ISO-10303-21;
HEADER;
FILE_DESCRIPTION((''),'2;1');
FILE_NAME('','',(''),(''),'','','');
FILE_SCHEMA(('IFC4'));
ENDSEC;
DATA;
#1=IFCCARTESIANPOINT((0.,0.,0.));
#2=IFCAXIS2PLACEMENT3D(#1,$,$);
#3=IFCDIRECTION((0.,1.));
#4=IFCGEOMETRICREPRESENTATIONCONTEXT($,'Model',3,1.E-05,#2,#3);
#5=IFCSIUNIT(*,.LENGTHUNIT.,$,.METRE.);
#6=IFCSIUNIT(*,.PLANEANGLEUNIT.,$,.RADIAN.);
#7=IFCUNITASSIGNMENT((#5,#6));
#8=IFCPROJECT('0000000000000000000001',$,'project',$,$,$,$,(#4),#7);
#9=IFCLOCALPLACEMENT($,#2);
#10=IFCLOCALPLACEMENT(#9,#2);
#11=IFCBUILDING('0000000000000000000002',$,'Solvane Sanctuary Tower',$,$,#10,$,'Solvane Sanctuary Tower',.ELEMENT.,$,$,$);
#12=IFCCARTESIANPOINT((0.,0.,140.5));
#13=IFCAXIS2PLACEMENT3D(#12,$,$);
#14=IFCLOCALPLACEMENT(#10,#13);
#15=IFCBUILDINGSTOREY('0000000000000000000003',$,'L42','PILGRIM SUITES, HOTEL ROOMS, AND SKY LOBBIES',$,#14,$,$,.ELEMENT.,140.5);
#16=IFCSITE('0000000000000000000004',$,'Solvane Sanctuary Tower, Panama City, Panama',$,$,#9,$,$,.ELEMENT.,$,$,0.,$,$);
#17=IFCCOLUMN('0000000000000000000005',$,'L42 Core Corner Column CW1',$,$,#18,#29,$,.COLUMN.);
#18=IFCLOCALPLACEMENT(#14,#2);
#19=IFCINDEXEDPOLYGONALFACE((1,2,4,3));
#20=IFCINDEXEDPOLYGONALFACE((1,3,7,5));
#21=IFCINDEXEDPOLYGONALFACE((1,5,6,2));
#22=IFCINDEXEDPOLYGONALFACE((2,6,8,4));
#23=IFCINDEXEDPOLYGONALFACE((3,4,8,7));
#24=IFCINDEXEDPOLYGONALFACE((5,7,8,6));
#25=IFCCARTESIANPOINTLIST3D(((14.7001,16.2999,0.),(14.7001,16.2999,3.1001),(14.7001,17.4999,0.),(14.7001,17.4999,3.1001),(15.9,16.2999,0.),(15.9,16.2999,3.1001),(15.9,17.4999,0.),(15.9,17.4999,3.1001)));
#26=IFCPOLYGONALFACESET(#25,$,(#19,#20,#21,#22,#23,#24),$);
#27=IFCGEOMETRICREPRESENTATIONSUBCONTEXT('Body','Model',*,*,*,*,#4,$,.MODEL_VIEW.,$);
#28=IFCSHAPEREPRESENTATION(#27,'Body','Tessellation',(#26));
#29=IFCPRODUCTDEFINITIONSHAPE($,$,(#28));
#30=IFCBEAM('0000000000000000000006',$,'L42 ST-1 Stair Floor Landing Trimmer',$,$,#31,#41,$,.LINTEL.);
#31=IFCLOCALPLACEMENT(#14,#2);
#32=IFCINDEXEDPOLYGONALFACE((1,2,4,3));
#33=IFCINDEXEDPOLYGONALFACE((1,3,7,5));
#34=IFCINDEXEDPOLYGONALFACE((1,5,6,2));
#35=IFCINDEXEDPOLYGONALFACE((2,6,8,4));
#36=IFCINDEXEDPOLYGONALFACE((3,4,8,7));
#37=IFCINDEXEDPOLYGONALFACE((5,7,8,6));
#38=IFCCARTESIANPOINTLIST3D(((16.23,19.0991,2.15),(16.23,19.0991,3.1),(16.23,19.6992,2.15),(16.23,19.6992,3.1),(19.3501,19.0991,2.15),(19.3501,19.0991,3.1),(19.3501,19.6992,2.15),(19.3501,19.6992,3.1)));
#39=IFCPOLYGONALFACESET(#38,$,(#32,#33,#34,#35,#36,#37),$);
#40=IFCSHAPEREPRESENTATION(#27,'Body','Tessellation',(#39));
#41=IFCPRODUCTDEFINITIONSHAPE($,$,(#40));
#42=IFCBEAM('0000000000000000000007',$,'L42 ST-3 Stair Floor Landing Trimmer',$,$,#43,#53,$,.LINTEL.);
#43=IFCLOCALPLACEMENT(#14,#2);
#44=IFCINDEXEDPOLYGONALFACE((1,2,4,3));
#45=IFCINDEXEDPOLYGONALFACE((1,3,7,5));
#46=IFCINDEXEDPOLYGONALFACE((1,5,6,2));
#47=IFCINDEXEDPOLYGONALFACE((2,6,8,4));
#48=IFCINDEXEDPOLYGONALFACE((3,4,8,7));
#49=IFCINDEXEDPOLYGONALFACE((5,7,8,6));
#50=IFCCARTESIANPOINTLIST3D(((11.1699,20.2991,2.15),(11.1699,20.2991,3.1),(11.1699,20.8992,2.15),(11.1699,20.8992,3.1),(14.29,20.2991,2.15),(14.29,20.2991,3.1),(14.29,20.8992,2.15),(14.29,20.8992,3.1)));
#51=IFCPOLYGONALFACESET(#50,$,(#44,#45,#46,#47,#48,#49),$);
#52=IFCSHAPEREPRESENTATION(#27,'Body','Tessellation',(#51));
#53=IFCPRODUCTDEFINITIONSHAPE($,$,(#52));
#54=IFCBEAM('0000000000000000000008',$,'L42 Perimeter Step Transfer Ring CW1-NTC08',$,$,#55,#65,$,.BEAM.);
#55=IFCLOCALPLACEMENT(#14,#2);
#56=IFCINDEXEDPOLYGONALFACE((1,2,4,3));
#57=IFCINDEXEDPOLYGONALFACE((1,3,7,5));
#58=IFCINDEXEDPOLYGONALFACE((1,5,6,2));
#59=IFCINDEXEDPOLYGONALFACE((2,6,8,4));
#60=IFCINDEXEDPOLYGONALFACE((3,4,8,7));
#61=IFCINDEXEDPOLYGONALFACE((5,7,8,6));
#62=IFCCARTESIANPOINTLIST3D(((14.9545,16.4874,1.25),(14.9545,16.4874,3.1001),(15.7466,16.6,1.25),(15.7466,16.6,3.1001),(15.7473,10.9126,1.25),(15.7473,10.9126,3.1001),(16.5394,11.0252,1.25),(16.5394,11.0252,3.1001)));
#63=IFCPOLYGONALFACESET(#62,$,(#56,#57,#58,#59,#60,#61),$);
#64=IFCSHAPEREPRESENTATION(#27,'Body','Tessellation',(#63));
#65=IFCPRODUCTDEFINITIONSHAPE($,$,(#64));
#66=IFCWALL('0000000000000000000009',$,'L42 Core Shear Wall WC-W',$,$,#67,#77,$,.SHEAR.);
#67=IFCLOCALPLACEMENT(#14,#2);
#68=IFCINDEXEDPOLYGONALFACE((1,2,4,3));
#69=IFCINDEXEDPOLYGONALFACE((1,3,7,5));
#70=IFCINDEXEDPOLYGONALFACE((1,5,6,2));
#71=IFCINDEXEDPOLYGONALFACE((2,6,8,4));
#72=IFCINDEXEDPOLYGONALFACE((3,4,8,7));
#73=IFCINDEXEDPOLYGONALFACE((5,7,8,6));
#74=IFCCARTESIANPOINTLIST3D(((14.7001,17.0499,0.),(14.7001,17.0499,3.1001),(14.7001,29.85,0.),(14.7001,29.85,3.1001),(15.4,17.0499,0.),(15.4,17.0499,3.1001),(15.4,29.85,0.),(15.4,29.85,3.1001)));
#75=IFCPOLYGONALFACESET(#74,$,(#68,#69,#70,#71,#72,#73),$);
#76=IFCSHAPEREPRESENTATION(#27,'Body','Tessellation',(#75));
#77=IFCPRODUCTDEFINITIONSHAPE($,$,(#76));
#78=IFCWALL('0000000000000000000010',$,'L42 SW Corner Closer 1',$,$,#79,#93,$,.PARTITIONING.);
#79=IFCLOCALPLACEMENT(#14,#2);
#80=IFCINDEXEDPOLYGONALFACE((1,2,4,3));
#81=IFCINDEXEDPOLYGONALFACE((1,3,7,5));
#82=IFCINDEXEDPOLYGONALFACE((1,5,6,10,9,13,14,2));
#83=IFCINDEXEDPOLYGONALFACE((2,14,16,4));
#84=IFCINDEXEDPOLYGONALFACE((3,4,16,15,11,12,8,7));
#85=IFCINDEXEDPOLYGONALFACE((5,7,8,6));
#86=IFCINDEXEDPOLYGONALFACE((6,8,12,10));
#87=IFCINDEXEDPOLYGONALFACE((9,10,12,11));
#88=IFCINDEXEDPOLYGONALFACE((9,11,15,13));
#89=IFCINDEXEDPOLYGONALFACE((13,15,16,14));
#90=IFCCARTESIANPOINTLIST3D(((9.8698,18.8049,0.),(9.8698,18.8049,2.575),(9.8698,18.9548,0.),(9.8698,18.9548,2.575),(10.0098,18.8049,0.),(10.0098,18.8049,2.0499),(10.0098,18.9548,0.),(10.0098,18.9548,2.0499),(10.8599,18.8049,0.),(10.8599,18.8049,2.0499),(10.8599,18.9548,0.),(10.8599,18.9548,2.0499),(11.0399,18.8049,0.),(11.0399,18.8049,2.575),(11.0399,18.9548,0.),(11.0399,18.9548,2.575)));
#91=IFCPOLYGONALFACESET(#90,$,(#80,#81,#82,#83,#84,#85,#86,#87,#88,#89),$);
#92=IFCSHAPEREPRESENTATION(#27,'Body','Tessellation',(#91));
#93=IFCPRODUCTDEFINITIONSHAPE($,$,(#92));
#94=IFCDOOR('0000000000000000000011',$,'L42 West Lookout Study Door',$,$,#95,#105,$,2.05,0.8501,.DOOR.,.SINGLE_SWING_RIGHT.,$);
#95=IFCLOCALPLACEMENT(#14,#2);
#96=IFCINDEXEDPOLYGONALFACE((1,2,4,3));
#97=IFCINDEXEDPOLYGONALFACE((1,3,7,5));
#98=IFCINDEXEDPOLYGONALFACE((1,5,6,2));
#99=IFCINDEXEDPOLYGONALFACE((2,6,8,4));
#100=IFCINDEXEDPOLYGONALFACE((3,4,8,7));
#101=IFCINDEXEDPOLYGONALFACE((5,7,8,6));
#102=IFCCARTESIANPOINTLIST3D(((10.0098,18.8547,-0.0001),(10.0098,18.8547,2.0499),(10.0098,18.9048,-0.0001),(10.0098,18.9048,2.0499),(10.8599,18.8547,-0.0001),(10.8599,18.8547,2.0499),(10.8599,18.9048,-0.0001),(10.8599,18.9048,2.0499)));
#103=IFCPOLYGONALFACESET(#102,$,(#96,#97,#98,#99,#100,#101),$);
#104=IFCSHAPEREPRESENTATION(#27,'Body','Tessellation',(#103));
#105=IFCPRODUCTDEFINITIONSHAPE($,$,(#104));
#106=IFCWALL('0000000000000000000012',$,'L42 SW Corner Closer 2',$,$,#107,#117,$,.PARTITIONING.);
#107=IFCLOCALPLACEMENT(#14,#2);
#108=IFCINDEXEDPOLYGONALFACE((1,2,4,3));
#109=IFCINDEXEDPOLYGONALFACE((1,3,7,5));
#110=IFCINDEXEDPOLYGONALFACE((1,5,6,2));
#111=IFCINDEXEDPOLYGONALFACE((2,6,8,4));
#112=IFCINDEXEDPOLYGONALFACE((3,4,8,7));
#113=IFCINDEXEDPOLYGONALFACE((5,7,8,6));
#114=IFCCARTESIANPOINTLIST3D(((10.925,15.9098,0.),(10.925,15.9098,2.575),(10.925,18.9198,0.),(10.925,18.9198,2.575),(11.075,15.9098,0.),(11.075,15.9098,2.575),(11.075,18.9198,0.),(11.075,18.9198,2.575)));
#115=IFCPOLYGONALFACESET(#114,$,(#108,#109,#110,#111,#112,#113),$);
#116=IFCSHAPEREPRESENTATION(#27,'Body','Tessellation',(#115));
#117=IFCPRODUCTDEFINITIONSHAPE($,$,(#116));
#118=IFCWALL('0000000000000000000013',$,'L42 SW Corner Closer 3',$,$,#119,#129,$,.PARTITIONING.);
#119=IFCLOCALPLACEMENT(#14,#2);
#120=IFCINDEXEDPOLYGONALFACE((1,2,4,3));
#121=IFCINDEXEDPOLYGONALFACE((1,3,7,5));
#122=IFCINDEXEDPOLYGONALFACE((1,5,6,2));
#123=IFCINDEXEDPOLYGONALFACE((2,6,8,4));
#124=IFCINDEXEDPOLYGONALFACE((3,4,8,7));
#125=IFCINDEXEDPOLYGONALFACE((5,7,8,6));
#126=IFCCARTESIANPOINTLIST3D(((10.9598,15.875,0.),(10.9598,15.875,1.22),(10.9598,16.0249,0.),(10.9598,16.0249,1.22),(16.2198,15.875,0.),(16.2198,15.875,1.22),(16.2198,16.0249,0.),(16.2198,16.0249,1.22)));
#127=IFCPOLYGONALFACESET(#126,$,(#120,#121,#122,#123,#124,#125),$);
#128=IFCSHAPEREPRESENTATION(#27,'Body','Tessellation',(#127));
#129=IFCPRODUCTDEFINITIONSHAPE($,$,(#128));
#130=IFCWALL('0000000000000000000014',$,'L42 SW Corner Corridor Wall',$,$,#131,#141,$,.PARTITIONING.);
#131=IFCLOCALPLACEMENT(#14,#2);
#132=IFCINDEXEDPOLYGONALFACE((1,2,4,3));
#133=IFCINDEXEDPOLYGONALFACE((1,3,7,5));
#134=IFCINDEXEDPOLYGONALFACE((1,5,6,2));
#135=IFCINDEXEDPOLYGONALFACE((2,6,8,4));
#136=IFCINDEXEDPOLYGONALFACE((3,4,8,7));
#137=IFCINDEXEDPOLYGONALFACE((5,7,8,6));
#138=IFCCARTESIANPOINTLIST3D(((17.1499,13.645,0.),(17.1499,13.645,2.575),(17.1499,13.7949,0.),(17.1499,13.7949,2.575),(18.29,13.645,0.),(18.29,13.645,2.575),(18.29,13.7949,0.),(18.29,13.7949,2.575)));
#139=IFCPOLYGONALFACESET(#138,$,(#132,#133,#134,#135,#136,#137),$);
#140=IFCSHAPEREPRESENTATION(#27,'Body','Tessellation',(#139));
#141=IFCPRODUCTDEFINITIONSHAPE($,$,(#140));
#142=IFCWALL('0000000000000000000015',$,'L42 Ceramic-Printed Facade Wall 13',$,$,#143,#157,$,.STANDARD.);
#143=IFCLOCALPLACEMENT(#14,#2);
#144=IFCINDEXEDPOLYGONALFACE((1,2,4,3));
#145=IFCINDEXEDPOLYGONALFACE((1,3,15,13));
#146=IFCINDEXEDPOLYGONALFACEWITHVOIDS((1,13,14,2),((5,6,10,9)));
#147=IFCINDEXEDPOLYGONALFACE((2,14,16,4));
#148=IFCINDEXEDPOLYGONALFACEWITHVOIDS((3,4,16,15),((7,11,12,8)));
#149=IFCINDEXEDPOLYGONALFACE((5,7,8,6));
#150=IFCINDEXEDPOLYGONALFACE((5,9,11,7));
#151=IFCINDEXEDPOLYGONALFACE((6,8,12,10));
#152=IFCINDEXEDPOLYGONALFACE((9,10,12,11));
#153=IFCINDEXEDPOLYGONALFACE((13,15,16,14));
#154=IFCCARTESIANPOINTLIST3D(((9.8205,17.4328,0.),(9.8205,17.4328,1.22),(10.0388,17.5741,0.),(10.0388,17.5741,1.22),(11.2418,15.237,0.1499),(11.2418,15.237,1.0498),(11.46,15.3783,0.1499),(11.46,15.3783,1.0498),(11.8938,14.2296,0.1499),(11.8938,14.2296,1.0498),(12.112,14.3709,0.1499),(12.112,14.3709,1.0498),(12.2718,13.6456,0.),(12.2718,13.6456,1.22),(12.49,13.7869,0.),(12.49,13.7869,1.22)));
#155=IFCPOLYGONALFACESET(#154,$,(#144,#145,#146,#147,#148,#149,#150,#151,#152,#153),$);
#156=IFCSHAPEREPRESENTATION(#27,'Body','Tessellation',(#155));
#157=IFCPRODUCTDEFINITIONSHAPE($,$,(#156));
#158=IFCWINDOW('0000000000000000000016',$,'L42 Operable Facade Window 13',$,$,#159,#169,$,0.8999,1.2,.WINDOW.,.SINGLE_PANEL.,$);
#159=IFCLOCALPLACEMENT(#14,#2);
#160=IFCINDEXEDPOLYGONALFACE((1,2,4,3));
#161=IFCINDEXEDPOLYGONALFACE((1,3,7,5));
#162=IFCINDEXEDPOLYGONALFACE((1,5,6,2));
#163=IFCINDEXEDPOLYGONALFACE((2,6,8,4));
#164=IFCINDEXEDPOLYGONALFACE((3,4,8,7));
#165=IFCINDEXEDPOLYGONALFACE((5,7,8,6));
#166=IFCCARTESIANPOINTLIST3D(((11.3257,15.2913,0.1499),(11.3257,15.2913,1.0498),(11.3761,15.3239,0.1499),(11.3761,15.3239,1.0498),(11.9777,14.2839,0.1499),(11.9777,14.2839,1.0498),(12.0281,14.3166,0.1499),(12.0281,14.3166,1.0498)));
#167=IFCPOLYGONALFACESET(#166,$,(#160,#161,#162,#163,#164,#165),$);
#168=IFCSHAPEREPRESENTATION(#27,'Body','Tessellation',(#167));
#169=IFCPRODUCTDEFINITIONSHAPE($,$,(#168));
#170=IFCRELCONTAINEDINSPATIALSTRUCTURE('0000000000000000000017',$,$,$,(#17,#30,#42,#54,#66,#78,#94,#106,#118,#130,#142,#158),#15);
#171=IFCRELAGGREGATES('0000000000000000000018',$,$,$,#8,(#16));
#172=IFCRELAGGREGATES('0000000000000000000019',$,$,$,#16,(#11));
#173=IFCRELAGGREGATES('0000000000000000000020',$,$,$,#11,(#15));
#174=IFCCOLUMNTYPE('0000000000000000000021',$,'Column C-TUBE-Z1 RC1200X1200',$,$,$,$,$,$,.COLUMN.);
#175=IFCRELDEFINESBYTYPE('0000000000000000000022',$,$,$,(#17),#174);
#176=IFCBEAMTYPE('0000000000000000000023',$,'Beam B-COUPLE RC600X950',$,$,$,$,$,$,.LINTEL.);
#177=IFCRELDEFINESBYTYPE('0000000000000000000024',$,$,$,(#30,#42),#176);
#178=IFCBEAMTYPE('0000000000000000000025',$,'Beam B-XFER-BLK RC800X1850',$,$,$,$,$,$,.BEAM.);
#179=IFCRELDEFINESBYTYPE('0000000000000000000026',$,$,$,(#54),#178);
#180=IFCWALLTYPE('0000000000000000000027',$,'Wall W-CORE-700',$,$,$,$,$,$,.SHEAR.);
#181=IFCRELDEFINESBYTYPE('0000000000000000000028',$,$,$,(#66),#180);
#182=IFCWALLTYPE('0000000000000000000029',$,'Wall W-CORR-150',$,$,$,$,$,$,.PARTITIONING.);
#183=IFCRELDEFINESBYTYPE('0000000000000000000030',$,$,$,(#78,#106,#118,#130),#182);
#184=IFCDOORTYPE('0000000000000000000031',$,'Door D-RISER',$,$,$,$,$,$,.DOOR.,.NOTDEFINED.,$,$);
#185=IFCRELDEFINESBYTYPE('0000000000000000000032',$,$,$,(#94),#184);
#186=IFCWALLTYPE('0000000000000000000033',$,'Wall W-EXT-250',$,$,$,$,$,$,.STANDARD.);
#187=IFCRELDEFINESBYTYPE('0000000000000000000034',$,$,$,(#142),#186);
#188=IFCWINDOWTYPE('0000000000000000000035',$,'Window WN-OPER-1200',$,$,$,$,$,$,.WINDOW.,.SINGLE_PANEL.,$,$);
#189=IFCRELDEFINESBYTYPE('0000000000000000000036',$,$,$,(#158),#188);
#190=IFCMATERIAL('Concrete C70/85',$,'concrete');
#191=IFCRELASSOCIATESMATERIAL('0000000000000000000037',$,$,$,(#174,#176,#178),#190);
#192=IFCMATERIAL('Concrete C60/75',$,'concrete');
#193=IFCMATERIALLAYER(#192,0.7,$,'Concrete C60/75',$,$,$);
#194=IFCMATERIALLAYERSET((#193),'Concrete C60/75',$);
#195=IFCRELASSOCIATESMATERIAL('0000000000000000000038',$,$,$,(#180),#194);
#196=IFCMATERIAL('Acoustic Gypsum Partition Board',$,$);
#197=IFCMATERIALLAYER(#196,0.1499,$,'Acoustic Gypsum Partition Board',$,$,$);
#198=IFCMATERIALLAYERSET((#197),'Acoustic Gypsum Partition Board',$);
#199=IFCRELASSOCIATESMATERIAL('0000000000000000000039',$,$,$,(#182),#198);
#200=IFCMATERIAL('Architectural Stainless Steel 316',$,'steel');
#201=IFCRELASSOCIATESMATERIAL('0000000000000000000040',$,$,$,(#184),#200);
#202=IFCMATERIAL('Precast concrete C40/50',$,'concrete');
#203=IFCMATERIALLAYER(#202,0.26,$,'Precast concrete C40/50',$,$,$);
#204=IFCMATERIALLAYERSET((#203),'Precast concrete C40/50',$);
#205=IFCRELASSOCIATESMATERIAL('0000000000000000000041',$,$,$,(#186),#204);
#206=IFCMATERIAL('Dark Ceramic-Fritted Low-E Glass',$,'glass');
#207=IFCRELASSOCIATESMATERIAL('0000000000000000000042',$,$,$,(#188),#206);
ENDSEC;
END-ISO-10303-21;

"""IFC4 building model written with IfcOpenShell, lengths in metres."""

from ifc_helpers import new_model, si_unit, direction, frame, frame_2d, origin, origin_2d, place, context, subcontext, project, spatial, rectangle, extrude, material, layer, layer_set, material_profile, profile_set, type_object, element, fill, save


model = new_model("IFC4")

# Units and contexts
model_context = context("Model", 3, precision=1e-05, world=origin(), true_north=direction((0.0, 1.0)))
body_context = subcontext(model_context, "Body", "Model", "MODEL_VIEW")
ifc_project = project(units=[si_unit("LENGTHUNIT", "METRE"), si_unit("PLANEANGLEUNIT", "RADIAN")], contexts=[model_context])

# Site, building, storey
site_placement = place(None, origin())
site = spatial("IfcSite", under=ifc_project, at=site_placement, Name="Solvane Sanctuary Tower, Panama City, Panama", CompositionType="ELEMENT", RefElevation=0.0)
building_placement = place(site_placement, origin())
building = spatial("IfcBuilding", under=site, at=building_placement, Name="Solvane Sanctuary Tower", LongName="Solvane Sanctuary Tower", CompositionType="ELEMENT")
storey_placement = place(building_placement, frame((0.0, 0.0, 140.5)))
storey = spatial("IfcBuildingStorey", under=building, at=storey_placement, Name="L42", Description="PILGRIM SUITES, HOTEL ROOMS, AND SKY LOBBIES", CompositionType="ELEMENT", Elevation=140.5)

# Column
ifc_material_1 = material(Name="Concrete C70/85", Category="concrete")
ifc_material_profile_1 = material_profile(ifc_material_1, rectangle(XDim=1.2, YDim=1.2, at=origin_2d()), Name="RC1200X1200")
ifc_profile_set_1 = profile_set([ifc_material_profile_1], Name="Concrete C70/85")
column_type = type_object("IfcColumnType", Name="Column C-TUBE-Z1 RC1200X1200", PredefinedType="COLUMN", material=ifc_profile_set_1)
column_placement = place(storey_placement, frame((15.3, 16.8999, 0.0), z_axis=(0.0, 0.0, 1.0), x_axis=(1.0, 0.0, 0.0)))
element("IfcColumn", 1, at=column_placement, inside=storey, type_object=column_type, Name="L42 Core Corner Column CW1", PredefinedType="COLUMN", context=body_context, shape_type="SweptSolid", body=[
    extrude(rectangle(XDim=1.2, YDim=1.2, at=origin_2d()), origin(), (0.0, 0.0, 1.0), 3.1001),
])

# Beams
ifc_material_profile_2 = material_profile(ifc_material_1, rectangle(XDim=0.6001, YDim=0.95, at=origin_2d()), Name="RC600X950")
ifc_profile_set_2 = profile_set([ifc_material_profile_2], Name="Concrete C70/85")
beam_type_1 = type_object("IfcBeamType", Name="Beam B-COUPLE RC600X950", PredefinedType="LINTEL", material=ifc_profile_set_2)
for number, where, z_axis, x_axis, name in (
    (2, (16.23, 19.3992, 2.625), (1.0, 0.0, 0.0), (0.0, 1.0, 0.0), "L42 ST-1 Stair Floor Landing Trimmer"),
    (3, (11.1699, 20.5991, 2.625), (1.0, 0.0, 0.0), (0.0, 1.0, 0.0), "L42 ST-3 Stair Floor Landing Trimmer"),
):
    element("IfcBeam", number, at=place(storey_placement, frame(where, z_axis=z_axis, x_axis=x_axis)), inside=storey, type_object=beam_type_1, Name=name, PredefinedType="LINTEL", context=body_context, shape_type="SweptSolid", body=[
        extrude(rectangle(XDim=0.6001, YDim=0.95, at=origin_2d()), origin(), (0.0, 0.0, 1.0), 3.1201),
    ])
ifc_material_profile_3 = material_profile(ifc_material_1, rectangle(XDim=0.8, YDim=1.8501, at=origin_2d()), Name="RC800X1850")
ifc_profile_set_3 = profile_set([ifc_material_profile_3], Name="Concrete C70/85")
beam_type_2 = type_object("IfcBeamType", Name="Beam B-XFER-BLK RC800X1850", PredefinedType="BEAM", material=ifc_profile_set_3)
beam_placement = place(storey_placement, frame((15.3506, 16.5437, 2.175), z_axis=(0.140784, -0.99004, 0.0), x_axis=(0.99004, 0.140784, 0.0)))
element("IfcBeam", 4, at=beam_placement, inside=storey, type_object=beam_type_2, Name="L42 Perimeter Step Transfer Ring CW1-NTC08", PredefinedType="BEAM", context=body_context, shape_type="SweptSolid", body=[
    extrude(rectangle(XDim=0.8, YDim=1.8501, at=origin_2d()), origin(), (0.0, 0.0, 1.0), 5.6309),
])

# Wall
ifc_material_2 = material(Name="Concrete C60/75", Category="concrete")
ifc_layer_1 = layer(ifc_material_2, 0.7, Name="Concrete C60/75")
ifc_layer_set_1 = layer_set([ifc_layer_1], Name="Concrete C60/75")
wall_type_1 = type_object("IfcWallType", Name="Wall W-CORE-700", PredefinedType="SHEAR", material=ifc_layer_set_1)
wall_1_placement = place(storey_placement, frame((15.05, 17.05, 0.0), z_axis=(0.0, 0.0, 1.0), x_axis=(0.0, 1.0, 0.0)))
element("IfcWall", 5, at=wall_1_placement, inside=storey, type_object=wall_type_1, Name="L42 Core Shear Wall WC-W", PredefinedType="SHEAR", context=body_context, shape_type="SweptSolid", body=[
    extrude(rectangle(XDim=12.8, YDim=0.7, at=frame_2d((6.3999, 0.0))), origin(), (0.0, 0.0, 1.0), 3.1001),
])

# Wall, opening, door
ifc_material_3 = material(Name="Acoustic Gypsum Partition Board")
ifc_layer_2 = layer(ifc_material_3, 0.1499, Name="Acoustic Gypsum Partition Board")
ifc_layer_set_2 = layer_set([ifc_layer_2], Name="Acoustic Gypsum Partition Board")
wall_type_2 = type_object("IfcWallType", Name="Wall W-CORR-150", PredefinedType="PARTITIONING", material=ifc_layer_set_2)
wall_2_placement = place(storey_placement, frame((9.8699, 18.8799, 0.0), z_axis=(0.0, 0.0, 1.0), x_axis=(1.0, 0.0, 0.0)))
wall_2 = element("IfcWall", 6, at=wall_2_placement, inside=storey, type_object=wall_type_2, Name="L42 SW Corner Closer 1", PredefinedType="PARTITIONING", context=body_context, shape_type="SweptSolid", body=[
    extrude(rectangle(XDim=1.1702, YDim=0.1499, at=frame_2d((0.585, 0.0))), origin(), (0.0, 0.0, 1.0), 2.575),
])
opening_1_placement = place(wall_2_placement, frame((0.1399, 0.0, 0.0)))
opening_1 = element("IfcOpeningElement", 7, at=opening_1_placement, cuts=wall_2, PredefinedType="OPENING", context=body_context, shape_type="SweptSolid", body=[
    extrude(rectangle(XDim=0.8501, YDim=2.05, at=frame_2d((0.425, 1.0249))), frame((0.0, 0.085, 0.0), z_axis=(0.0, -1.0, 0.0), x_axis=(1.0, 0.0, 0.0)), (0.0, 0.0, 1.0), 0.1699),
])
ifc_material_4 = material(Name="Architectural Stainless Steel 316", Category="steel")
door_type_1 = type_object("IfcDoorType", Name="Door D-RISER", OperationType="NOTDEFINED", PredefinedType="DOOR", material=ifc_material_4)
door_1_placement = place(opening_1_placement, origin())
door_1 = element("IfcDoor", 8, at=door_1_placement, inside=storey, type_object=door_type_1, Name="L42 West Lookout Study Door", OperationType="SINGLE_SWING_RIGHT", OverallHeight=2.05, OverallWidth=0.8501, PredefinedType="DOOR", context=body_context, shape_type="SweptSolid", body=[
    extrude(rectangle(XDim=0.8501, YDim=2.05, at=frame_2d((0.425, 1.0249))), frame((0.0, 0.0249, 0.0), z_axis=(0.0, -1.0, 0.0), x_axis=(1.0, 0.0, 0.0)), (0.0, 0.0, 1.0), 0.05),
])
fill(opening_1, door_1)

# Walls
wall_3_placement = place(storey_placement, frame((11.0, 15.9099, 0.0), z_axis=(0.0, 0.0, 1.0), x_axis=(0.0, 1.0, 0.0)))
element("IfcWall", 9, at=wall_3_placement, inside=storey, type_object=wall_type_2, Name="L42 SW Corner Closer 2", PredefinedType="PARTITIONING", context=body_context, shape_type="SweptSolid", body=[
    extrude(rectangle(XDim=3.01, YDim=0.1499, at=frame_2d((1.5049, 0.0))), origin(), (0.0, 0.0, 1.0), 2.575),
])
wall_4_placement = place(storey_placement, frame((10.96, 15.95, 0.0), z_axis=(0.0, 0.0, 1.0), x_axis=(1.0, 0.0, 0.0)))
element("IfcWall", 10, at=wall_4_placement, inside=storey, type_object=wall_type_2, Name="L42 SW Corner Closer 3", PredefinedType="PARTITIONING", context=body_context, shape_type="SweptSolid", body=[
    extrude(rectangle(XDim=5.26, YDim=0.1499, at=frame_2d((2.6299, 0.0))), origin(), (0.0, 0.0, 1.0), 1.22),
])
wall_5_placement = place(storey_placement, frame((17.1499, 13.72, 0.0), z_axis=(0.0, 0.0, 1.0), x_axis=(1.0, 0.0, 0.0)))
element("IfcWall", 11, at=wall_5_placement, inside=storey, type_object=wall_type_2, Name="L42 SW Corner Corridor Wall", PredefinedType="PARTITIONING", context=body_context, shape_type="SweptSolid", body=[
    extrude(rectangle(XDim=1.1401, YDim=0.1499, at=frame_2d((0.5701, 0.0))), origin(), (0.0, 0.0, 1.0), 2.575),
])

# Wall, opening, window
ifc_material_5 = material(Name="Precast concrete C40/50", Category="concrete")
ifc_layer_3 = layer(ifc_material_5, 0.26, Name="Precast concrete C40/50")
ifc_layer_set_3 = layer_set([ifc_layer_3], Name="Precast concrete C40/50")
wall_type_3 = type_object("IfcWallType", Name="Wall W-EXT-250", PredefinedType="STANDARD", material=ifc_layer_set_3)
wall_6_placement = place(storey_placement, frame((9.9297, 17.5034, 0.0), z_axis=(0.0, 0.0, 1.0), x_axis=(0.543359, -0.8395, 0.0)))
wall_6 = element("IfcWall", 12, at=wall_6_placement, inside=storey, type_object=wall_type_3, Name="L42 Ceramic-Printed Facade Wall 13", PredefinedType="STANDARD", context=body_context, shape_type="SweptSolid", body=[
    extrude(rectangle(XDim=4.5112, YDim=0.26, at=frame_2d((2.2556, 0.0))), origin(), (0.0, 0.0, 1.0), 1.22),
])
opening_2_placement = place(wall_6_placement, frame((2.6155, 0.0, 0.1499)))
opening_2 = element("IfcOpeningElement", 13, at=opening_2_placement, cuts=wall_6, PredefinedType="OPENING", context=body_context, shape_type="SweptSolid", body=[
    extrude(rectangle(XDim=1.2, YDim=0.8999, at=frame_2d((0.6001, 0.45))), frame((0.0, 0.1399, 0.0), z_axis=(0.0, -1.0, 0.0), x_axis=(1.0, 0.0, 0.0)), (0.0, 0.0, 1.0), 0.28),
])
ifc_material_6 = material(Name="Dark Ceramic-Fritted Low-E Glass", Category="glass")
window_type = type_object("IfcWindowType", Name="Window WN-OPER-1200", PartitioningType="SINGLE_PANEL", PredefinedType="WINDOW", material=ifc_material_6)
window_1_placement = place(opening_2_placement, origin())
window_1 = element("IfcWindow", 14, at=window_1_placement, inside=storey, type_object=window_type, Name="L42 Operable Facade Window 13", OverallHeight=0.8999, OverallWidth=1.2, PartitioningType="SINGLE_PANEL", PredefinedType="WINDOW", context=body_context, shape_type="SweptSolid", body=[
    extrude(rectangle(XDim=1.2, YDim=0.8999, at=frame_2d((0.6001, 0.45))), frame((0.0, 0.03, 0.0), z_axis=(0.0, -1.0, 0.0), x_axis=(1.0, 0.0, 0.0)), (0.0, 0.0, 1.0), 0.0601),
])
fill(opening_2, window_1)

save(model, "model.ifc")
